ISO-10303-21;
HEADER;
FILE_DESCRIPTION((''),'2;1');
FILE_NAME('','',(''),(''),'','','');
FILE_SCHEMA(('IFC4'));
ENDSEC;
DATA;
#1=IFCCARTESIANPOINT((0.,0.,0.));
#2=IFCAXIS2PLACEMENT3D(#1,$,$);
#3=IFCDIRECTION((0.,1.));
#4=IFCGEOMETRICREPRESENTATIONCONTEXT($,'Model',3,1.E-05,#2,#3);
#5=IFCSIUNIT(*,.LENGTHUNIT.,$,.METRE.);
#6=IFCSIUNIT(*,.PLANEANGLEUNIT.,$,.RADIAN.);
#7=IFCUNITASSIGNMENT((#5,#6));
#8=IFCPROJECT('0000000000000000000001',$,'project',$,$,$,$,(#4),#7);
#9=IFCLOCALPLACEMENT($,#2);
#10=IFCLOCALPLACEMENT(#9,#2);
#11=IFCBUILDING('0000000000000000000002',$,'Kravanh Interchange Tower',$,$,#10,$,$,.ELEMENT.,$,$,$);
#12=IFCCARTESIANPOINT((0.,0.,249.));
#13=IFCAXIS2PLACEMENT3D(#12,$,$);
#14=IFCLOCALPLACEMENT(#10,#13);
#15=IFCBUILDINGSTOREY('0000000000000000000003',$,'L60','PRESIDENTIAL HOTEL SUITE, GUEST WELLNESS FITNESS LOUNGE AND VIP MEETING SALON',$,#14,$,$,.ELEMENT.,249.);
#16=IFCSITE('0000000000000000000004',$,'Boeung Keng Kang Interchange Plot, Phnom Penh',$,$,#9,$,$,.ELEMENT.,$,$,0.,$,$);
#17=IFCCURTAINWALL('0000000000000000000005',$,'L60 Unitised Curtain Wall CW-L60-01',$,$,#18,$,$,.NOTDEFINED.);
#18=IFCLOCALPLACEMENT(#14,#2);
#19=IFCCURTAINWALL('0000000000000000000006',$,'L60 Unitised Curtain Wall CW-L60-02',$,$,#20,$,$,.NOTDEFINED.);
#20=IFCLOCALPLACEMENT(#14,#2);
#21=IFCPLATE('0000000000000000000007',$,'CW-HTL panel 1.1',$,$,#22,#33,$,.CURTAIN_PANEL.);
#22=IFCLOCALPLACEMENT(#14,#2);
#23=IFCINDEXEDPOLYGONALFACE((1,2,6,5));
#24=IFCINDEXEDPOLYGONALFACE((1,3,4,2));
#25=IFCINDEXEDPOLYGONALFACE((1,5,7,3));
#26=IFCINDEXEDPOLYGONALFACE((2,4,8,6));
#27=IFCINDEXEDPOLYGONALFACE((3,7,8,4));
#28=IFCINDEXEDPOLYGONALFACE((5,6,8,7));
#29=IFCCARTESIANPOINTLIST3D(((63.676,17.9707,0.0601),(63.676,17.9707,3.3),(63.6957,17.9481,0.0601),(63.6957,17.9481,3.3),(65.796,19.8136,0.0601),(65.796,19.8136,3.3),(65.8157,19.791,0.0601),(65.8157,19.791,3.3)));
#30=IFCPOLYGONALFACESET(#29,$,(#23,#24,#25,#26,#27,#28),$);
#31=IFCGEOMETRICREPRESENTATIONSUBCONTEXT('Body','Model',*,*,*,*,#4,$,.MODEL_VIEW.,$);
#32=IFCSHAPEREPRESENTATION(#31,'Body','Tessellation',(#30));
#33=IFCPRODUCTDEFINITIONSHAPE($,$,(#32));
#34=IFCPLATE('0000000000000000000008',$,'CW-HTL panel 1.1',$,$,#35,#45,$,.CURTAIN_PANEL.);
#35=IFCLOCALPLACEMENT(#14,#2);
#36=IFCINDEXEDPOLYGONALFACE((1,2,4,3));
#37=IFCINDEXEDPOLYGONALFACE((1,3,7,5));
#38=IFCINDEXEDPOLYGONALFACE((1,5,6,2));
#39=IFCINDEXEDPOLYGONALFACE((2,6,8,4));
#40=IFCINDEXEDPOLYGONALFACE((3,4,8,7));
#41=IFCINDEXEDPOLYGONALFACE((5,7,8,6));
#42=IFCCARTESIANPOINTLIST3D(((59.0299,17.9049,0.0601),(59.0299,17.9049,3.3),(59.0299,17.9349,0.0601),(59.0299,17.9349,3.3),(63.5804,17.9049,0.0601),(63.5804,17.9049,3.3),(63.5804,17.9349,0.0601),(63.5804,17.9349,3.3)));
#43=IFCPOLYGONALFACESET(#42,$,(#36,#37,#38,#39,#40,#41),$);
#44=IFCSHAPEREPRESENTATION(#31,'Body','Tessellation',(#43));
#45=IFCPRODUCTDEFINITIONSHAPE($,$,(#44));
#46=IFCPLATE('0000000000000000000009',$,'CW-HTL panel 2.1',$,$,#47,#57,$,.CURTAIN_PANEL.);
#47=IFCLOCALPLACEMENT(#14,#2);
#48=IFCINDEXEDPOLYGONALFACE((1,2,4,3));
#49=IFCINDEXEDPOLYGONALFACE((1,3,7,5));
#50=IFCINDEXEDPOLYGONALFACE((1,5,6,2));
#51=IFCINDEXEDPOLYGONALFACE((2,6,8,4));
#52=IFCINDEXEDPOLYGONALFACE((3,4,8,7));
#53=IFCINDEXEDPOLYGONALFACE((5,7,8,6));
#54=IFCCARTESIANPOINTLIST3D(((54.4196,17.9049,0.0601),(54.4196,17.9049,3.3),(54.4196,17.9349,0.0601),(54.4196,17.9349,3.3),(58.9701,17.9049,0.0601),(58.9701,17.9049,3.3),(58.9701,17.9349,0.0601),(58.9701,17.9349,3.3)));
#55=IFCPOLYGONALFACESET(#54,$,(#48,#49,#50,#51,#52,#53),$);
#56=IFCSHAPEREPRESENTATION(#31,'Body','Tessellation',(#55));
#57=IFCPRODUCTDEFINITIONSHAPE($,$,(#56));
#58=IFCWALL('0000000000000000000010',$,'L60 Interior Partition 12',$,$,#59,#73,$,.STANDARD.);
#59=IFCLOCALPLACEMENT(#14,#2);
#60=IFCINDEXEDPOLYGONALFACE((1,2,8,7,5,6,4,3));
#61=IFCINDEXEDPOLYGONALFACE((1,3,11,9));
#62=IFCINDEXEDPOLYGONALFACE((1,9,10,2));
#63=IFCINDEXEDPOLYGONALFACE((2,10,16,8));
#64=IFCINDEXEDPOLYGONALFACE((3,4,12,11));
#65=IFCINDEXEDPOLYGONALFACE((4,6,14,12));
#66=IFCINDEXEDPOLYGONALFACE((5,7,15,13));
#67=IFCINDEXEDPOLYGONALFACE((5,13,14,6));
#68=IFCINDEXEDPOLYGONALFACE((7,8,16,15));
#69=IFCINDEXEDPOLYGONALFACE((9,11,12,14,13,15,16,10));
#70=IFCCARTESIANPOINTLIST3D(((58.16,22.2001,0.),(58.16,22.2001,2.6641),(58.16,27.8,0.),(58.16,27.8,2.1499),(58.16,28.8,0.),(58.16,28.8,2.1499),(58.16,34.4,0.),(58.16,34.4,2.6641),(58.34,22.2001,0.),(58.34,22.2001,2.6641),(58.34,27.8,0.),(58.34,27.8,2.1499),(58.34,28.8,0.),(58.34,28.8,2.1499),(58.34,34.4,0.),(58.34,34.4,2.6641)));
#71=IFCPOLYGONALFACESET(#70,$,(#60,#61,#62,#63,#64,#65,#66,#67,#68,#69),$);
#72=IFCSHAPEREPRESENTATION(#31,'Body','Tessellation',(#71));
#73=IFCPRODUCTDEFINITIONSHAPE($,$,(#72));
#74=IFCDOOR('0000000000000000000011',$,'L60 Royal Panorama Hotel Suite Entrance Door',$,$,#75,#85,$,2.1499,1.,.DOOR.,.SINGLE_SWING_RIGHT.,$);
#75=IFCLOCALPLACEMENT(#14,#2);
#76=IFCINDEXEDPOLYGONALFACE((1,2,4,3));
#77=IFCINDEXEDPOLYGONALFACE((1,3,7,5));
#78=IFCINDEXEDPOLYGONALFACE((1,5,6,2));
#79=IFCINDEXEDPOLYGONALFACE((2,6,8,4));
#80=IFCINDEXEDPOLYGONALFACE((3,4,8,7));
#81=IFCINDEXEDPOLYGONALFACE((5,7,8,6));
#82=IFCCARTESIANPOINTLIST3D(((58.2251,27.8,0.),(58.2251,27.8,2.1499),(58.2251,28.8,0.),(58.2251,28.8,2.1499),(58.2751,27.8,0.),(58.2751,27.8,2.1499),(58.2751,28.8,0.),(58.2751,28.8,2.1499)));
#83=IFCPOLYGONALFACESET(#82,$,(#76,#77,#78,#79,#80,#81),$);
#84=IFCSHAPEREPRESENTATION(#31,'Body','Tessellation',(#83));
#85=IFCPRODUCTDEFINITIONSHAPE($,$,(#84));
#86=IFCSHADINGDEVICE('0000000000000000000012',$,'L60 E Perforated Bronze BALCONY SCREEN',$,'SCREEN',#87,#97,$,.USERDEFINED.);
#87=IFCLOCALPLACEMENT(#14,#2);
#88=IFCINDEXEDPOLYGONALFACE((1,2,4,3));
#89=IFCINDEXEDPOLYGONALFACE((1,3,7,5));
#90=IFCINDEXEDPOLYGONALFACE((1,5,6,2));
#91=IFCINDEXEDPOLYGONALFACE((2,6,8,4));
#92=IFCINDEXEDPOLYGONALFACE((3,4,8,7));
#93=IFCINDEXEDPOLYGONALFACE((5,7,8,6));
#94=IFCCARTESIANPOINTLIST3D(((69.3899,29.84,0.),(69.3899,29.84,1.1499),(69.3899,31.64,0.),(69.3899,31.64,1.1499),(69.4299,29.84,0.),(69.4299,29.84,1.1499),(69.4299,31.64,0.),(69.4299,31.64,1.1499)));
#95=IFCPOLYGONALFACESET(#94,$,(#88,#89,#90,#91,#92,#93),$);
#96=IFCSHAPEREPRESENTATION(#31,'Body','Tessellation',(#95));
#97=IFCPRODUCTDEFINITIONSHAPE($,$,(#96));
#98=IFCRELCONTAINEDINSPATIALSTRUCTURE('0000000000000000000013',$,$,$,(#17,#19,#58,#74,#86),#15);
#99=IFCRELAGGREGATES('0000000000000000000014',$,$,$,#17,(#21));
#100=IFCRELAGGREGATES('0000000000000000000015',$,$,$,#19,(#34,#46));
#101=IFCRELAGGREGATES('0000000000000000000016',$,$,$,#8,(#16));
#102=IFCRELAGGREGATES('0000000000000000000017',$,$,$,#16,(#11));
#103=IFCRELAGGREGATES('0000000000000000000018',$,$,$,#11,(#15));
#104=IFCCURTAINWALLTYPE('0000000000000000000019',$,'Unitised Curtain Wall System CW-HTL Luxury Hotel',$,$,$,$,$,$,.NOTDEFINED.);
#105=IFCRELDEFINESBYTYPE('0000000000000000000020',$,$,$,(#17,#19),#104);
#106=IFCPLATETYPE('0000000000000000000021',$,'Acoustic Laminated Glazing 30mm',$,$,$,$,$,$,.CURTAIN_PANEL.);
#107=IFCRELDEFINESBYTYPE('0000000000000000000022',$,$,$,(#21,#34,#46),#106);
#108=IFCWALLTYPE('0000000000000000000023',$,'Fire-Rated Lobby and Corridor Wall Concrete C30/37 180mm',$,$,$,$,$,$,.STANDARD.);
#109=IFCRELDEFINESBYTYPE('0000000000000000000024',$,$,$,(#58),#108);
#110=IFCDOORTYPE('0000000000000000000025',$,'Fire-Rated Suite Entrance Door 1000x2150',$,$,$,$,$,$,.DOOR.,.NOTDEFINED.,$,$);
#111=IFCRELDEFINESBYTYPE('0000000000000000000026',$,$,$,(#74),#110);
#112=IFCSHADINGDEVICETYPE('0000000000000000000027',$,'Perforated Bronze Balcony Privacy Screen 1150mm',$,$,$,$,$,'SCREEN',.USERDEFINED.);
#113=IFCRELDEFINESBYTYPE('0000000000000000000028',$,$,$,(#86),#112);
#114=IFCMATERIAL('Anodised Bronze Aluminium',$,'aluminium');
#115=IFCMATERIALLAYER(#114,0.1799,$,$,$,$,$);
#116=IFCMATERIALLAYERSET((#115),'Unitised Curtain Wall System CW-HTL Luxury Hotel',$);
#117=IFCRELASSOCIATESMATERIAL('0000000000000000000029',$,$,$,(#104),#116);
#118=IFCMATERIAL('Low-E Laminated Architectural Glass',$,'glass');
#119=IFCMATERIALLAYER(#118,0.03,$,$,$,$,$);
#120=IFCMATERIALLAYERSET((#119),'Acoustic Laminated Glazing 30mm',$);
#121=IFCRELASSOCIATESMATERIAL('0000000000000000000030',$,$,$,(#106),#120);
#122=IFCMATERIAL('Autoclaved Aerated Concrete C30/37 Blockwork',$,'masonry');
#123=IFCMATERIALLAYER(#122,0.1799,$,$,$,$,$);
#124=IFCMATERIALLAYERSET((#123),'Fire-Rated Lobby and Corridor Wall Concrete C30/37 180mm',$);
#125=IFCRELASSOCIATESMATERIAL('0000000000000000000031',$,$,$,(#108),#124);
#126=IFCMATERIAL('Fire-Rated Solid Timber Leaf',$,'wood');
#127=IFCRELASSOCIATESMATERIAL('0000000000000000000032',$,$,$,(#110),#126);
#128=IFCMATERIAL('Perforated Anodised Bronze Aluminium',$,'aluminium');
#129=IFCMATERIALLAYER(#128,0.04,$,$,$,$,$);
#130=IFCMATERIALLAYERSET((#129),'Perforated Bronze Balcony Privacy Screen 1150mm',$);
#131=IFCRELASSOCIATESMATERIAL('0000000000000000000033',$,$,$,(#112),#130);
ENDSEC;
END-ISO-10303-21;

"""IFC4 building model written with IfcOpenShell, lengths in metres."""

from ifc_helpers import new_model, si_unit, direction, frame, frame_2d, origin, origin_2d, place, context, subcontext, project, spatial, rectangle, extrude, material, layer, layer_set, type_object, element, fill, aggregate, save


model = new_model("IFC4")

# Units and contexts
model_context = context("Model", 3, precision=1e-05, world=origin(), true_north=direction((0.0, 1.0)))
body_context = subcontext(model_context, "Body", "Model", "MODEL_VIEW")
ifc_project = project(units=[si_unit("LENGTHUNIT", "METRE"), si_unit("PLANEANGLEUNIT", "RADIAN")], contexts=[model_context])

# Site, building, storey
site_placement = place(None, origin())
site = spatial("IfcSite", under=ifc_project, at=site_placement, Name="Boeung Keng Kang Interchange Plot, Phnom Penh", CompositionType="ELEMENT", RefElevation=0.0)
building_placement = place(site_placement, origin())
building = spatial("IfcBuilding", under=site, at=building_placement, Name="Kravanh Interchange Tower", CompositionType="ELEMENT")
storey_placement = place(building_placement, frame((0.0, 0.0, 249.0)))
storey = spatial("IfcBuildingStorey", under=building, at=storey_placement, Name="L60", Description="PRESIDENTIAL HOTEL SUITE, GUEST WELLNESS FITNESS LOUNGE AND VIP MEETING SALON", CompositionType="ELEMENT", Elevation=249.0)

# Curtain walls
ifc_material_1 = material(Name="Anodised Bronze Aluminium", Category="aluminium")
ifc_layer_1 = layer(ifc_material_1, 0.1799)
ifc_layer_set_1 = layer_set([ifc_layer_1], Name="Unitised Curtain Wall System CW-HTL Luxury Hotel")
curtain_wall_type = type_object("IfcCurtainWallType", Name="Unitised Curtain Wall System CW-HTL Luxury Hotel", PredefinedType="NOTDEFINED", material=ifc_layer_set_1)
curtain_wall_1_placement = place(storey_placement, origin())
curtain_wall_1 = element("IfcCurtainWall", 1, at=curtain_wall_1_placement, inside=storey, type_object=curtain_wall_type, Name="L60 Unitised Curtain Wall CW-L60-01", PredefinedType="NOTDEFINED")
curtain_wall_2_placement = place(storey_placement, origin())
curtain_wall_2 = element("IfcCurtainWall", 2, at=curtain_wall_2_placement, inside=storey, type_object=curtain_wall_type, Name="L60 Unitised Curtain Wall CW-L60-02", PredefinedType="NOTDEFINED")

# Plates
ifc_material_2 = material(Name="Low-E Laminated Architectural Glass", Category="glass")
ifc_layer_2 = layer(ifc_material_2, 0.03)
ifc_layer_set_2 = layer_set([ifc_layer_2], Name="Acoustic Laminated Glazing 30mm")
plate_type = type_object("IfcPlateType", Name="Acoustic Laminated Glazing 30mm", PredefinedType="CURTAIN_PANEL", material=ifc_layer_set_2)
plate_1_placement = place(storey_placement, frame((64.7458, 18.8809, 0.0601), z_axis=(0.0, 0.0, 1.0), x_axis=(-0.754717, -0.65605, 0.0)))
plate_1 = element("IfcPlate", 3, at=plate_1_placement, type_object=plate_type, Name="CW-HTL panel 1.1", PredefinedType="CURTAIN_PANEL", context=body_context, shape_type="SweptSolid", body=[
    extrude(rectangle(XDim=2.8091, YDim=0.03, at=origin_2d()), origin(), (0.0, 0.0, 1.0), 3.24),
])
aggregate(curtain_wall_1, [plate_1])
plate_2_placement = place(storey_placement, frame((61.3052, 17.9199, 0.0601), z_axis=(0.0, 0.0, 1.0), x_axis=(-1.0, 0.0, 0.0)))
plate_2 = element("IfcPlate", 4, at=plate_2_placement, type_object=plate_type, Name="CW-HTL panel 1.1", PredefinedType="CURTAIN_PANEL", context=body_context, shape_type="SweptSolid", body=[
    extrude(rectangle(XDim=4.5505, YDim=0.03, at=origin_2d()), origin(), (0.0, 0.0, 1.0), 3.24),
])
plate_3_placement = place(storey_placement, frame((56.6948, 17.9199, 0.0601), z_axis=(0.0, 0.0, 1.0), x_axis=(-1.0, 0.0, 0.0)))
plate_3 = element("IfcPlate", 5, at=plate_3_placement, type_object=plate_type, Name="CW-HTL panel 2.1", PredefinedType="CURTAIN_PANEL", context=body_context, shape_type="SweptSolid", body=[
    extrude(rectangle(XDim=4.5505, YDim=0.03, at=origin_2d()), origin(), (0.0, 0.0, 1.0), 3.24),
])
aggregate(curtain_wall_2, [plate_2, plate_3])

# Wall, opening, door
ifc_material_3 = material(Name="Autoclaved Aerated Concrete C30/37 Blockwork", Category="masonry")
ifc_layer_3 = layer(ifc_material_3, 0.1799)
ifc_layer_set_3 = layer_set([ifc_layer_3], Name="Fire-Rated Lobby and Corridor Wall Concrete C30/37 180mm")
wall_type = type_object("IfcWallType", Name="Fire-Rated Lobby and Corridor Wall Concrete C30/37 180mm", PredefinedType="STANDARD", material=ifc_layer_set_3)
wall_placement = place(storey_placement, frame((58.25, 22.2, 0.0), z_axis=(0.0, 0.0, 1.0), x_axis=(0.0, 1.0, 0.0)))
wall = element("IfcWall", 6, at=wall_placement, inside=storey, type_object=wall_type, Name="L60 Interior Partition 12", PredefinedType="STANDARD", context=body_context, shape_type="SweptSolid", body=[
    extrude(rectangle(XDim=12.2, YDim=0.1799, at=frame_2d((6.1001, 0.0))), origin(), (0.0, 0.0, 1.0), 2.6641),
])
opening_placement = place(wall_placement, frame((5.6001, 0.0, 0.0)))
opening = element("IfcOpeningElement", 7, at=opening_placement, cuts=wall, PredefinedType="OPENING", context=body_context, shape_type="SweptSolid", body=[
    extrude(rectangle(XDim=1.0, YDim=2.1499, at=frame_2d((0.5, 1.075))), frame((0.0, 0.1001, 0.0), z_axis=(0.0, -1.0, 0.0), x_axis=(1.0, 0.0, 0.0)), (0.0, 0.0, 1.0), 0.2),
])
ifc_material_4 = material(Name="Fire-Rated Solid Timber Leaf", Category="wood")
door_type = type_object("IfcDoorType", Name="Fire-Rated Suite Entrance Door 1000x2150", OperationType="NOTDEFINED", PredefinedType="DOOR", material=ifc_material_4)
door_placement = place(opening_placement, origin())
door = element("IfcDoor", 8, at=door_placement, inside=storey, type_object=door_type, Name="L60 Royal Panorama Hotel Suite Entrance Door", OperationType="SINGLE_SWING_RIGHT", OverallHeight=2.1499, OverallWidth=1.0, PredefinedType="DOOR", context=body_context, shape_type="SweptSolid", body=[
    extrude(rectangle(XDim=1.0, YDim=2.1499, at=frame_2d((0.5, 1.075))), frame((0.0, 0.0249, 0.0), z_axis=(0.0, -1.0, 0.0), x_axis=(1.0, 0.0, 0.0)), (0.0, 0.0, 1.0), 0.05),
])
fill(opening, door)

# Shading device
ifc_material_5 = material(Name="Perforated Anodised Bronze Aluminium", Category="aluminium")
ifc_layer_4 = layer(ifc_material_5, 0.04)
ifc_layer_set_4 = layer_set([ifc_layer_4], Name="Perforated Bronze Balcony Privacy Screen 1150mm")
shading_device_type = type_object("IfcShadingDeviceType", Name="Perforated Bronze Balcony Privacy Screen 1150mm", ElementType="SCREEN", PredefinedType="USERDEFINED", material=ifc_layer_set_4)
shading_device_placement = place(storey_placement, frame((69.4099, 30.74, 0.0), z_axis=(0.0, 0.0, 1.0), x_axis=(1.0, 0.0, 0.0)))
element("IfcShadingDevice", 9, at=shading_device_placement, inside=storey, type_object=shading_device_type, Name="L60 E Perforated Bronze BALCONY SCREEN", ObjectType="SCREEN", PredefinedType="USERDEFINED", context=body_context, shape_type="SweptSolid", body=[
    extrude(rectangle(XDim=0.04, YDim=1.8, at=origin_2d()), origin(), (0.0, 0.0, 1.0), 1.1499),
])

save(model, "model.ifc")
